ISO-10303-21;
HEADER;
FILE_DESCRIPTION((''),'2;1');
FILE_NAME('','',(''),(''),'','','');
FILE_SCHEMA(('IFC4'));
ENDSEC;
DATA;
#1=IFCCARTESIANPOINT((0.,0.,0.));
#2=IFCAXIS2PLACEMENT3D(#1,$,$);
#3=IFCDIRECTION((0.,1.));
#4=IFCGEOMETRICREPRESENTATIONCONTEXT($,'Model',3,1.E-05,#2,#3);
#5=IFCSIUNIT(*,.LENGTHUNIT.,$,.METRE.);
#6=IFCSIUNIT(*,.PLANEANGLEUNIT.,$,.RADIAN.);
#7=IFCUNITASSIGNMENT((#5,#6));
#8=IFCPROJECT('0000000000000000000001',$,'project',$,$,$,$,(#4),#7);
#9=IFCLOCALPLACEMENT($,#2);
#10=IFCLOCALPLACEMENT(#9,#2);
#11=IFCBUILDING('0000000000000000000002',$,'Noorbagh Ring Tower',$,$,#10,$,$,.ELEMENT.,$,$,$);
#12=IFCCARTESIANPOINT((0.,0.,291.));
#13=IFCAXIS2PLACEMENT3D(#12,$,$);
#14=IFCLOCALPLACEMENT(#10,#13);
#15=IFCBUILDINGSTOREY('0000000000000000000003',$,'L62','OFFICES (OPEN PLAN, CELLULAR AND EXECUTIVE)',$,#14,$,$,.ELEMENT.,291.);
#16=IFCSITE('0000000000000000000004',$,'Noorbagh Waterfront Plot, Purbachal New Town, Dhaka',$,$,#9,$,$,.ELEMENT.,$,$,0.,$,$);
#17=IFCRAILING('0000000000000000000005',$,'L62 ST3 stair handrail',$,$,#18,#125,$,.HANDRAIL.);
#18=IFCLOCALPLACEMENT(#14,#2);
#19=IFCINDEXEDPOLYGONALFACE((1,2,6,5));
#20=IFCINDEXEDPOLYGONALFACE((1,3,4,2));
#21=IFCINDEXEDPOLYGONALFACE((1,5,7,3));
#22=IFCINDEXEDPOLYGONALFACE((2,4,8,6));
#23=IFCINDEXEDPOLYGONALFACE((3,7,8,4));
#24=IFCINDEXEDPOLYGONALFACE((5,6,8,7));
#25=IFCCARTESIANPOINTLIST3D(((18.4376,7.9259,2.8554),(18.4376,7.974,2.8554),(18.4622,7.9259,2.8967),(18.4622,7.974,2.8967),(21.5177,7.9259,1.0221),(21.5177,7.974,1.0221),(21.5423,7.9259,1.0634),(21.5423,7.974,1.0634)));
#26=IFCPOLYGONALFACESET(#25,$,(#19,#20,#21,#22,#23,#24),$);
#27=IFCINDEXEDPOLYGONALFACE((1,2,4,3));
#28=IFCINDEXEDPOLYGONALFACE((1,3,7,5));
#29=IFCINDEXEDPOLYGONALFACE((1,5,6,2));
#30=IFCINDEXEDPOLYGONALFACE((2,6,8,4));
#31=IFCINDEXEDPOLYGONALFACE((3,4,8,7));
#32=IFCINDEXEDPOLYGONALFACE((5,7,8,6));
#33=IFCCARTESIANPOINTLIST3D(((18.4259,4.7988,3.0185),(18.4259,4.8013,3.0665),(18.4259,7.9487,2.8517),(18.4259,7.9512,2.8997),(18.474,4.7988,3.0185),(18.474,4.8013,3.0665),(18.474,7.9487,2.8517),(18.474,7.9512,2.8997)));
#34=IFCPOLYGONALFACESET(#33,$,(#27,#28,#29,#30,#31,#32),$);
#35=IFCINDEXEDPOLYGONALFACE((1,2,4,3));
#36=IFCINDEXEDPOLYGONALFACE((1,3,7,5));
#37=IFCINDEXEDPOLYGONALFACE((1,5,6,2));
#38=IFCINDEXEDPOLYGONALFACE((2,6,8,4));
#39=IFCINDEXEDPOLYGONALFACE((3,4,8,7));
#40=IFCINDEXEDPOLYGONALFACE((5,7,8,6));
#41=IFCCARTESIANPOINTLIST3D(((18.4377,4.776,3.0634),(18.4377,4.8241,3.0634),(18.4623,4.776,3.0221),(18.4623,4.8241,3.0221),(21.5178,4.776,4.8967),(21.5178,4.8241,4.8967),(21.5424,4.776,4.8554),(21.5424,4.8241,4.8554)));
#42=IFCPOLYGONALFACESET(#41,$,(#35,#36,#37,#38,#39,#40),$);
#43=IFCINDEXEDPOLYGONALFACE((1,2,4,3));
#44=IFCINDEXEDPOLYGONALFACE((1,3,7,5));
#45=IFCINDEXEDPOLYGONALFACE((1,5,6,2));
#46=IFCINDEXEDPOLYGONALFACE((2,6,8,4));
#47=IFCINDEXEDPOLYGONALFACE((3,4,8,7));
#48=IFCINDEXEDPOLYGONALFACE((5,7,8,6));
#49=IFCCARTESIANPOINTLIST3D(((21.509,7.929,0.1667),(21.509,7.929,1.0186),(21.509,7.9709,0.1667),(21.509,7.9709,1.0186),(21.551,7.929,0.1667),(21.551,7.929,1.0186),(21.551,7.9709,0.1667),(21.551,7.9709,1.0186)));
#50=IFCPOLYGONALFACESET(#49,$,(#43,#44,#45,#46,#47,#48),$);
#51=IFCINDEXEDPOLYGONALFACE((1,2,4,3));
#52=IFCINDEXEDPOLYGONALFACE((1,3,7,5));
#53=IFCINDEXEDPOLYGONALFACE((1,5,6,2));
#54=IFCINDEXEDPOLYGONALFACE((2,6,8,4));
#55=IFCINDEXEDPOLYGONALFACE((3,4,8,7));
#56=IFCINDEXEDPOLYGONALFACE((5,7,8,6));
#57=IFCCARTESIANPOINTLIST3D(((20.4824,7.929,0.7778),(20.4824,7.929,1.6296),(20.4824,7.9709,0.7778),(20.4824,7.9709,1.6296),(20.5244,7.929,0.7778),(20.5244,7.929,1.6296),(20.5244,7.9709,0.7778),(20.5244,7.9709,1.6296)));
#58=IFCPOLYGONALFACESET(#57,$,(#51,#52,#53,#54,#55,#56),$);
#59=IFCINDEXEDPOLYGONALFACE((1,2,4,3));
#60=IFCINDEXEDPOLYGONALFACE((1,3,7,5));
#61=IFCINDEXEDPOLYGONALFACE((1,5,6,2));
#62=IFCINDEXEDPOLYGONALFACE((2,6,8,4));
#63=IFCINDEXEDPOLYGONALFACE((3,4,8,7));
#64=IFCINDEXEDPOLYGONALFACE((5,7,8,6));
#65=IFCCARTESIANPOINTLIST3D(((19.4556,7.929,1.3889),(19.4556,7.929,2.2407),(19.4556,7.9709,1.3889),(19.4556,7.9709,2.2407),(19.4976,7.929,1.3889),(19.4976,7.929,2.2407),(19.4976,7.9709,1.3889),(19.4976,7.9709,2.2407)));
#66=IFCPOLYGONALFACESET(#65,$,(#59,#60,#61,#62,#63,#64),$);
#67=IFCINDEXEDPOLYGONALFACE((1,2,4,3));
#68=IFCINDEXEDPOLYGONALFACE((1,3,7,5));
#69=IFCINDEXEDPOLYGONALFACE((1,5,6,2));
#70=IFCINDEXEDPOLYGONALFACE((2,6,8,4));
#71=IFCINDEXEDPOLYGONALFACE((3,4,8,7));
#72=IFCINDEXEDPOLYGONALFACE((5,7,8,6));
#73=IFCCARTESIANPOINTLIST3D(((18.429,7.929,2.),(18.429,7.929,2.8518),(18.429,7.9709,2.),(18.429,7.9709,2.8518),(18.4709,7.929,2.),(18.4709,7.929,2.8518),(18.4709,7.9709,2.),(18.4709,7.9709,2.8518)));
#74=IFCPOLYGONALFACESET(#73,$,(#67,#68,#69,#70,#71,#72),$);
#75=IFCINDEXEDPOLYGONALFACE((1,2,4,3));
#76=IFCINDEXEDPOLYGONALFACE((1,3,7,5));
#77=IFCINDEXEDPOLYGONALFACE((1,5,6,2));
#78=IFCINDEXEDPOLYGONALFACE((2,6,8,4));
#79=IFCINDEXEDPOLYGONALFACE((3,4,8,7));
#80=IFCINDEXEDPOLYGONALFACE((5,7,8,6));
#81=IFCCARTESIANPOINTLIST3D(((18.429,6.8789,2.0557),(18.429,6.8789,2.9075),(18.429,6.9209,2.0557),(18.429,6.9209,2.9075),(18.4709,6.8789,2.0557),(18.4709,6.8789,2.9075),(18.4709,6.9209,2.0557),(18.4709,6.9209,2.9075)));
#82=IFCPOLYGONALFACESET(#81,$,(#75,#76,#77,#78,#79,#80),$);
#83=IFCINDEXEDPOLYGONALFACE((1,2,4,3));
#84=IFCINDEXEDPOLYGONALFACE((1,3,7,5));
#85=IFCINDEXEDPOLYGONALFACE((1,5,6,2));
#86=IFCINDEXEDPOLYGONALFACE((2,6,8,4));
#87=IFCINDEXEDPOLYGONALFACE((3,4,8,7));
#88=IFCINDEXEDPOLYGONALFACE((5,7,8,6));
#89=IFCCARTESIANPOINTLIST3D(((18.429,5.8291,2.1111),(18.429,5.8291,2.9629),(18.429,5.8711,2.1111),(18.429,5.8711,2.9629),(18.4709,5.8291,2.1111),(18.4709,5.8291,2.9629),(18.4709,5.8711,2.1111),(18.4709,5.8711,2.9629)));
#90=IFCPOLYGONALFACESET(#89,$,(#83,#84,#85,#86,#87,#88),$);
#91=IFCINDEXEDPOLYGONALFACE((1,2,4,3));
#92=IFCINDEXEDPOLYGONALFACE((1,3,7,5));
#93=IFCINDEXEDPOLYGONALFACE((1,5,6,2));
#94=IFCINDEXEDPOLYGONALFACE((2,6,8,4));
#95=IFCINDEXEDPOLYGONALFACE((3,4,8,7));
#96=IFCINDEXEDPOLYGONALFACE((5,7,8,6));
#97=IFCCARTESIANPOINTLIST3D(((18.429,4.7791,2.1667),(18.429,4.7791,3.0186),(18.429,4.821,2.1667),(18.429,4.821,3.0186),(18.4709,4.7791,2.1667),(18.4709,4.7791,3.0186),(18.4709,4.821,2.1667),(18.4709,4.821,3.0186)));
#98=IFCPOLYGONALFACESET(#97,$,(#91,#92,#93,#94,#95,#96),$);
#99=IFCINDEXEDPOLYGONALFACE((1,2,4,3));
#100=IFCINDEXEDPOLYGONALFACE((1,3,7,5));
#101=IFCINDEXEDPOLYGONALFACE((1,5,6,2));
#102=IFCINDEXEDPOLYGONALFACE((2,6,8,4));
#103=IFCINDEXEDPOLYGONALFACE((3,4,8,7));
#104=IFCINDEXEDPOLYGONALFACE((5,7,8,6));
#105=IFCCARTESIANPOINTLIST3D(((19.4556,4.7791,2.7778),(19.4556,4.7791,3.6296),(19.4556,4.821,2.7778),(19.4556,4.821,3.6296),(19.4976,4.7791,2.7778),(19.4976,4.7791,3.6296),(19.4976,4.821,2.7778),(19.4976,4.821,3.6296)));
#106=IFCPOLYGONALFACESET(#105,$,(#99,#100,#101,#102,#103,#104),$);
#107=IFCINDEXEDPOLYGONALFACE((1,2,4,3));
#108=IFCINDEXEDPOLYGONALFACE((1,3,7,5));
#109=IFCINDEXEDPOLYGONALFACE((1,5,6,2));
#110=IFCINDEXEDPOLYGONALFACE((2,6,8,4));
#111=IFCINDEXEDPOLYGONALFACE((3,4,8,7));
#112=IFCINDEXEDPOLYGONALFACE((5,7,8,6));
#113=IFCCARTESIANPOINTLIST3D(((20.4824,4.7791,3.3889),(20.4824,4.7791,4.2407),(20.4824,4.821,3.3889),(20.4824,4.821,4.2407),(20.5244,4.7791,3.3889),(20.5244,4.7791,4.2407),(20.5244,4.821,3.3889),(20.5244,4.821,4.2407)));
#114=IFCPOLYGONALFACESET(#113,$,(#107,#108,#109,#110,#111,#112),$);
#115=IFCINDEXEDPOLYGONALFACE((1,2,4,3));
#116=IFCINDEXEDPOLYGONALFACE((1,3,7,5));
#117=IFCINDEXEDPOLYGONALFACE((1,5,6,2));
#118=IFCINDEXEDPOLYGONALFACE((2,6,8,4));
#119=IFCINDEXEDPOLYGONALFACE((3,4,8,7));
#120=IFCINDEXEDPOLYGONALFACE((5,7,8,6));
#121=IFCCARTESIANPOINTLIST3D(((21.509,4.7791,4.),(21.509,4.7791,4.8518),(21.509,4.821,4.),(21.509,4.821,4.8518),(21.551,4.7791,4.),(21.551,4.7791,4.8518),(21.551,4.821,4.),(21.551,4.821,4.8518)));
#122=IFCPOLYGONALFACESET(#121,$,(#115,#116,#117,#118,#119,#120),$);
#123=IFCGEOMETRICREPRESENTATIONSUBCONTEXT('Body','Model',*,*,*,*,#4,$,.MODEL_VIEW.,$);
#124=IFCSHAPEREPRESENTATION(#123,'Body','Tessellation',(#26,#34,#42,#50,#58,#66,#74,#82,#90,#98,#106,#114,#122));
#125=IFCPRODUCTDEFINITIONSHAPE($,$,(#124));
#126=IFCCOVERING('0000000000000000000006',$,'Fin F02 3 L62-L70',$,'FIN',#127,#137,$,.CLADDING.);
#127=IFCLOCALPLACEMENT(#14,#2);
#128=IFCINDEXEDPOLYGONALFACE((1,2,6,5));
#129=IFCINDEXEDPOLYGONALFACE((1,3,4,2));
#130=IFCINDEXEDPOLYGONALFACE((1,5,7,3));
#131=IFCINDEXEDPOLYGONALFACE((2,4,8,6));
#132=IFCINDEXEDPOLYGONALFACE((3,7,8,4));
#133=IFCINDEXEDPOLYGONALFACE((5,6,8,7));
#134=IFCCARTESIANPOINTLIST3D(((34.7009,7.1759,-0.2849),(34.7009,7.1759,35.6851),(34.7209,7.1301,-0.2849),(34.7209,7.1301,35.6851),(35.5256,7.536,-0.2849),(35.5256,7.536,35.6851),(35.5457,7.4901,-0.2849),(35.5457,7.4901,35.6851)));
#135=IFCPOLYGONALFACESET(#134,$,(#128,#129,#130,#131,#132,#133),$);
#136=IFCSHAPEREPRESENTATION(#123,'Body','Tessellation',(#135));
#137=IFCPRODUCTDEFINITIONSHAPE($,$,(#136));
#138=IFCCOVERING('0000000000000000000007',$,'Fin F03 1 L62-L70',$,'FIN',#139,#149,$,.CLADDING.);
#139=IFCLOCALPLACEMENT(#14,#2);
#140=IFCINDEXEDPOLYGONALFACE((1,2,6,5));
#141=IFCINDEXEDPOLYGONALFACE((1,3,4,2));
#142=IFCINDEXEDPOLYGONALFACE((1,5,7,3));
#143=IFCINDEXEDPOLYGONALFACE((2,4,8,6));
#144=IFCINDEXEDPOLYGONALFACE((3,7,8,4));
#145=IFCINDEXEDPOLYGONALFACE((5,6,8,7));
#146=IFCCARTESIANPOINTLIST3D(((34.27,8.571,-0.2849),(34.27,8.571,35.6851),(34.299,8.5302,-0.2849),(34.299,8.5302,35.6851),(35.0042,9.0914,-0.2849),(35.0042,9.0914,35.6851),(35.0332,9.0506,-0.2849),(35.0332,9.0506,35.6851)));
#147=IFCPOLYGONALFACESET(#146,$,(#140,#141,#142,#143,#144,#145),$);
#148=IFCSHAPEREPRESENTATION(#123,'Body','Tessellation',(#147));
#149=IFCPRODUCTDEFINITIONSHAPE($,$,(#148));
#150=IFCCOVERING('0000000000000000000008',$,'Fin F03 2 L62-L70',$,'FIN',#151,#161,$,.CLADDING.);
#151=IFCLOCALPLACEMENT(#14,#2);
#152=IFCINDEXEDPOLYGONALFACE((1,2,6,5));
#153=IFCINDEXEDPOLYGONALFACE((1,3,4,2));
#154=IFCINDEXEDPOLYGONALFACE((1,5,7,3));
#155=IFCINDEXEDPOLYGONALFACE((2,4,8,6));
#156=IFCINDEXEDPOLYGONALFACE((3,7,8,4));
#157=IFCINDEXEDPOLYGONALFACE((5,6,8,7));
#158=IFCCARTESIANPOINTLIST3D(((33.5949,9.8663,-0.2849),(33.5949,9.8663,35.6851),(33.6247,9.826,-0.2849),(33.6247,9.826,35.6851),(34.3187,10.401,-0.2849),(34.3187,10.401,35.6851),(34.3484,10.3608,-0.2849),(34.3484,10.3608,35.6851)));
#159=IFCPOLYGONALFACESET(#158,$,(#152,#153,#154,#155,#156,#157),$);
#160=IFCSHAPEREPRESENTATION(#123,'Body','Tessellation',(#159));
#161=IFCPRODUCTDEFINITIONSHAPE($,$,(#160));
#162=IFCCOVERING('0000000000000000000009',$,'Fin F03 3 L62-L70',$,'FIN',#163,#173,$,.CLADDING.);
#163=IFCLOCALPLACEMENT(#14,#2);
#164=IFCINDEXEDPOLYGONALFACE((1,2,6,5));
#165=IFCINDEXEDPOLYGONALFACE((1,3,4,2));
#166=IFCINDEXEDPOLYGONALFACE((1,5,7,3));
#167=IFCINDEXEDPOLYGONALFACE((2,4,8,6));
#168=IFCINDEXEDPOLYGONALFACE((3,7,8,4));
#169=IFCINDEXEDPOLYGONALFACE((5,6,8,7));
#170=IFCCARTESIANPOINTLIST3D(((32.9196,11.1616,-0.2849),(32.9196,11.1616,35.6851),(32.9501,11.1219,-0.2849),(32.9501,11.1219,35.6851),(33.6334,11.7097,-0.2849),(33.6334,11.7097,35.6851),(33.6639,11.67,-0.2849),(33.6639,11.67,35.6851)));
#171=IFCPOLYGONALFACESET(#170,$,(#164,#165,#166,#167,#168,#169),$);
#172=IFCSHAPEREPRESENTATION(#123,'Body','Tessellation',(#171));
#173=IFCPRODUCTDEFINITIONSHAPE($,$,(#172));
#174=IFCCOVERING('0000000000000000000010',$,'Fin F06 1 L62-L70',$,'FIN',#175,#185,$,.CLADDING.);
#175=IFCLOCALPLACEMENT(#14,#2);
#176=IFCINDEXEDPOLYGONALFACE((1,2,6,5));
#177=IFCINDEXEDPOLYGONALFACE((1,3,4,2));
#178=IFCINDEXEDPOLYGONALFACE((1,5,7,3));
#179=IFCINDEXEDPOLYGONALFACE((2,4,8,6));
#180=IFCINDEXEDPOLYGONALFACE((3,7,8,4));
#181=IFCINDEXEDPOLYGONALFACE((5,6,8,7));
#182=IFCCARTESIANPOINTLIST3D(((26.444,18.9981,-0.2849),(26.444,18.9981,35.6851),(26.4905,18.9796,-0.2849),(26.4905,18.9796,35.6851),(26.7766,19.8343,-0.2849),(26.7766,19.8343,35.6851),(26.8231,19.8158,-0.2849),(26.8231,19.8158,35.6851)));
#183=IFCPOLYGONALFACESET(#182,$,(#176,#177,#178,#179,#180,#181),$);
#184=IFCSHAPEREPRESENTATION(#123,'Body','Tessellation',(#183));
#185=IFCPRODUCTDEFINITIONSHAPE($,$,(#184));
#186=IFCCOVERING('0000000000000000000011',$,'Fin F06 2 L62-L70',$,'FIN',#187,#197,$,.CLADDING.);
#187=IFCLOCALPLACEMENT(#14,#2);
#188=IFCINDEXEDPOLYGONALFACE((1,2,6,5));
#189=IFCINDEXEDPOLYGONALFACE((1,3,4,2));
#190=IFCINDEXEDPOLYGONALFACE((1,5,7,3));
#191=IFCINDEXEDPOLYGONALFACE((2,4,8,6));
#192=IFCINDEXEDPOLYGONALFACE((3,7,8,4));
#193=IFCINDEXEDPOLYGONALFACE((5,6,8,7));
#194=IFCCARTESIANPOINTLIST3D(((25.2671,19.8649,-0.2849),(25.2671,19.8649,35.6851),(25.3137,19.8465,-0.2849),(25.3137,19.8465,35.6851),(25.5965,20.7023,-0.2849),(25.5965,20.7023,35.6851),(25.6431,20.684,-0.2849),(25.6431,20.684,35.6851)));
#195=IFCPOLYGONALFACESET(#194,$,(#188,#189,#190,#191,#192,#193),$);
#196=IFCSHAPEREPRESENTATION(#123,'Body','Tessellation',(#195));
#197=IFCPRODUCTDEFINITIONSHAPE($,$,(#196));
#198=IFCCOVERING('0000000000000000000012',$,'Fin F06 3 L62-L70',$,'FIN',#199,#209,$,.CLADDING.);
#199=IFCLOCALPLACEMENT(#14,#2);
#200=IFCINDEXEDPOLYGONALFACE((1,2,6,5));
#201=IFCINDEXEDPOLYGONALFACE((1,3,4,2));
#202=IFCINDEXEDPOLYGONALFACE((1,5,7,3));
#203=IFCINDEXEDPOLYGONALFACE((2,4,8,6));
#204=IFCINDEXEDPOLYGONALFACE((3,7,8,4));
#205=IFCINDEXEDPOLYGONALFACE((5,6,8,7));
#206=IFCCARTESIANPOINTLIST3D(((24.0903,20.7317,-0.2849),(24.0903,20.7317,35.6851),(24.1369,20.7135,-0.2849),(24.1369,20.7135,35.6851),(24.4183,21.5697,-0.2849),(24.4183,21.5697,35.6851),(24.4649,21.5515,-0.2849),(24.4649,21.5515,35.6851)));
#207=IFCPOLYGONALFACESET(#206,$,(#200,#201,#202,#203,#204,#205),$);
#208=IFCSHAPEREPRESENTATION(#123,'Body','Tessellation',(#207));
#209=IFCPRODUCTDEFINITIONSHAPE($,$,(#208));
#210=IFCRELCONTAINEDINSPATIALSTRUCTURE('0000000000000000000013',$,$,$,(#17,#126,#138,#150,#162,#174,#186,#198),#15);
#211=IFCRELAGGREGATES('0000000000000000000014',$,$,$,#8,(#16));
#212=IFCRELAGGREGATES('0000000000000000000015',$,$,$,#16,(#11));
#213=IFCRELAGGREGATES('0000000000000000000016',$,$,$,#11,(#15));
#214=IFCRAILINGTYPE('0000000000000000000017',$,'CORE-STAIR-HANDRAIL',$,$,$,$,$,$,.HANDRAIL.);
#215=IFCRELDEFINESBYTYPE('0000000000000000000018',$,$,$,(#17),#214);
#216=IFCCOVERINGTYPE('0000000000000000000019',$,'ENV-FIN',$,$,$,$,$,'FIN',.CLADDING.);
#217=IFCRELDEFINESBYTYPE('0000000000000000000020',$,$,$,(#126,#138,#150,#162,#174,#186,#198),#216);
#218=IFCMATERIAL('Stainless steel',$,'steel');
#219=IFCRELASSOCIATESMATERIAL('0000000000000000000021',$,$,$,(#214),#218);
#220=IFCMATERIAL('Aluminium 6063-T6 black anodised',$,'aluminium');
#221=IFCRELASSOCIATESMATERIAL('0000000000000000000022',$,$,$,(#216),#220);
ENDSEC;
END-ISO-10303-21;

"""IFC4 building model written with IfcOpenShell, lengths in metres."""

from ifc_helpers import new_model, si_unit, direction, frame, origin, origin_2d, place, context, subcontext, project, spatial, rectangle, extrude, material, material_profile, profile_set, type_object, element, save


model = new_model("IFC4")

# Units and contexts
model_context = context("Model", 3, precision=1e-05, world=origin(), true_north=direction((0.0, 1.0)))
body_context = subcontext(model_context, "Body", "Model", "MODEL_VIEW")
ifc_project = project(units=[si_unit("LENGTHUNIT", "METRE"), si_unit("PLANEANGLEUNIT", "RADIAN")], contexts=[model_context])

# Site, building, storey
site_placement = place(None, origin())
site = spatial("IfcSite", under=ifc_project, at=site_placement, Name="Noorbagh Waterfront Plot, Purbachal New Town, Dhaka", CompositionType="ELEMENT", RefElevation=0.0)
building_placement = place(site_placement, origin())
building = spatial("IfcBuilding", under=site, at=building_placement, Name="Noorbagh Ring Tower", CompositionType="ELEMENT")
storey_placement = place(building_placement, frame((0.0, 0.0, 291.0)))
storey = spatial("IfcBuildingStorey", under=building, at=storey_placement, Name="L62", Description="OFFICES (OPEN PLAN, CELLULAR AND EXECUTIVE)", CompositionType="ELEMENT", Elevation=291.0)

# Railing
ifc_material_1 = material(Name="Stainless steel", Category="steel")
railing_type_1 = type_object("IfcRailingType", Name="CORE-STAIR-HANDRAIL", PredefinedType="HANDRAIL", material=ifc_material_1)
railing_1_placement = place(storey_placement, frame((21.53, 7.95, 0.1667)))
element("IfcRailing", 1, at=railing_1_placement, inside=storey, type_object=railing_type_1, Name="L62 ST3 stair handrail", PredefinedType="HANDRAIL", context=body_context, shape_type="SweptSolid", body=[
    extrude(rectangle(XDim=0.0481, YDim=0.0481, at=origin_2d()), frame((0.0, 0.0, 0.876), z_axis=(-0.859309, 0.0, 0.511458), x_axis=(0.0, -1.0, 0.0)), (0.0, 0.0, 1.0), 3.5845),
    extrude(rectangle(XDim=0.0481, YDim=0.0481, at=origin_2d()), frame((-3.0801, 0.0, 2.709), z_axis=(0.0, -0.998602, 0.052864), x_axis=(1.0, 0.0, 0.0)), (0.0, 0.0, 1.0), 3.1543),
    extrude(rectangle(XDim=0.0481, YDim=0.0481, at=origin_2d()), frame((-3.0801, -3.1499, 2.876), z_axis=(0.859309, 0.0, 0.511458), x_axis=(0.0, 1.0, 0.0)), (0.0, 0.0, 1.0), 3.5845),
    extrude(rectangle(XDim=0.042, YDim=0.042, at=origin_2d()), origin(), (0.0, 0.0, 1.0), 0.8518),
    extrude(rectangle(XDim=0.042, YDim=0.042, at=origin_2d()), frame((-1.0266, 0.0, 0.6111)), (0.0, 0.0, 1.0), 0.8518),
    extrude(rectangle(XDim=0.042, YDim=0.042, at=origin_2d()), frame((-2.0535, 0.0, 1.2222)), (0.0, 0.0, 1.0), 0.8518),
    extrude(rectangle(XDim=0.042, YDim=0.042, at=origin_2d()), frame((-3.0801, 0.0, 1.8333)), (0.0, 0.0, 1.0), 0.8518),
    extrude(rectangle(XDim=0.042, YDim=0.042, at=origin_2d()), frame((-3.0801, -1.05, 1.8889)), (0.0, 0.0, 1.0), 0.8518),
    extrude(rectangle(XDim=0.042, YDim=0.042, at=origin_2d()), frame((-3.0801, -2.0999, 1.9443)), (0.0, 0.0, 1.0), 0.8518),
    extrude(rectangle(XDim=0.042, YDim=0.042, at=origin_2d()), frame((-3.0801, -3.1499, 2.0)), (0.0, 0.0, 1.0), 0.8518),
    extrude(rectangle(XDim=0.042, YDim=0.042, at=origin_2d()), frame((-2.0535, -3.1499, 2.6111)), (0.0, 0.0, 1.0), 0.8518),
    extrude(rectangle(XDim=0.042, YDim=0.042, at=origin_2d()), frame((-1.0266, -3.1499, 3.2222)), (0.0, 0.0, 1.0), 0.8518),
    extrude(rectangle(XDim=0.042, YDim=0.042, at=origin_2d()), frame((0.0, -3.1499, 3.8333)), (0.0, 0.0, 1.0), 0.8518),
])

# Coverings
ifc_material_2 = material(Name="Aluminium 6063-T6 black anodised", Category="aluminium")
ifc_material_profile_1 = material_profile(ifc_material_2, rectangle(XDim=0.8999, YDim=0.05, at=origin_2d()), Name="900x50")
ifc_profile_set_1 = profile_set([ifc_material_profile_1], Name="Aluminium 6063-T6 black anodised")
covering_type = type_object("IfcCoveringType", Name="ENV-FIN", ElementType="FIN", PredefinedType="CLADDING", material=ifc_profile_set_1)
for number, where, z_axis, x_axis, name in (
    (2, (35.1233, 7.333, -0.2849), (0.0, 0.0, 1.0), (0.916475, 0.400092, 0.0), "Fin F02 3 L62-L70"),
    (3, (34.6516, 8.8108, -0.2849), (0.0, 0.0, 1.0), (0.815855, 0.578256, 0.0), "Fin F03 1 L62-L70"),
    (4, (33.9717, 10.1135, -0.2849), (0.0, 0.0, 1.0), (0.80426, 0.594277, 0.0), "Fin F03 2 L62-L70"),
    (5, (33.2917, 11.4158, -0.2849), (0.0, 0.0, 1.0), (0.793138, 0.609043, 0.0), "Fin F03 3 L62-L70"),
    (6, (26.6335, 19.407, -0.2849), (0.0, 0.0, 1.0), (0.369564, 0.929205, 0.0), "Fin F06 1 L62-L70"),
    (7, (25.4551, 20.2744, -0.2849), (0.0, 0.0, 1.0), (0.366047, 0.930596, 0.0), "Fin F06 2 L62-L70"),
    (8, (24.2776, 21.1416, -0.2849), (0.0, 0.0, 1.0), (0.364533, 0.93119, 0.0), "Fin F06 3 L62-L70"),
):
    element("IfcCovering", number, at=place(storey_placement, frame(where, z_axis=z_axis, x_axis=x_axis)), inside=storey, type_object=covering_type, Name=name, ObjectType="FIN", PredefinedType="CLADDING", context=body_context, shape_type="SweptSolid", body=[
        extrude(rectangle(XDim=0.8999, YDim=0.05, at=origin_2d()), origin(), (0.0, 0.0, 1.0), 35.97),
    ])

save(model, "model.ifc")
